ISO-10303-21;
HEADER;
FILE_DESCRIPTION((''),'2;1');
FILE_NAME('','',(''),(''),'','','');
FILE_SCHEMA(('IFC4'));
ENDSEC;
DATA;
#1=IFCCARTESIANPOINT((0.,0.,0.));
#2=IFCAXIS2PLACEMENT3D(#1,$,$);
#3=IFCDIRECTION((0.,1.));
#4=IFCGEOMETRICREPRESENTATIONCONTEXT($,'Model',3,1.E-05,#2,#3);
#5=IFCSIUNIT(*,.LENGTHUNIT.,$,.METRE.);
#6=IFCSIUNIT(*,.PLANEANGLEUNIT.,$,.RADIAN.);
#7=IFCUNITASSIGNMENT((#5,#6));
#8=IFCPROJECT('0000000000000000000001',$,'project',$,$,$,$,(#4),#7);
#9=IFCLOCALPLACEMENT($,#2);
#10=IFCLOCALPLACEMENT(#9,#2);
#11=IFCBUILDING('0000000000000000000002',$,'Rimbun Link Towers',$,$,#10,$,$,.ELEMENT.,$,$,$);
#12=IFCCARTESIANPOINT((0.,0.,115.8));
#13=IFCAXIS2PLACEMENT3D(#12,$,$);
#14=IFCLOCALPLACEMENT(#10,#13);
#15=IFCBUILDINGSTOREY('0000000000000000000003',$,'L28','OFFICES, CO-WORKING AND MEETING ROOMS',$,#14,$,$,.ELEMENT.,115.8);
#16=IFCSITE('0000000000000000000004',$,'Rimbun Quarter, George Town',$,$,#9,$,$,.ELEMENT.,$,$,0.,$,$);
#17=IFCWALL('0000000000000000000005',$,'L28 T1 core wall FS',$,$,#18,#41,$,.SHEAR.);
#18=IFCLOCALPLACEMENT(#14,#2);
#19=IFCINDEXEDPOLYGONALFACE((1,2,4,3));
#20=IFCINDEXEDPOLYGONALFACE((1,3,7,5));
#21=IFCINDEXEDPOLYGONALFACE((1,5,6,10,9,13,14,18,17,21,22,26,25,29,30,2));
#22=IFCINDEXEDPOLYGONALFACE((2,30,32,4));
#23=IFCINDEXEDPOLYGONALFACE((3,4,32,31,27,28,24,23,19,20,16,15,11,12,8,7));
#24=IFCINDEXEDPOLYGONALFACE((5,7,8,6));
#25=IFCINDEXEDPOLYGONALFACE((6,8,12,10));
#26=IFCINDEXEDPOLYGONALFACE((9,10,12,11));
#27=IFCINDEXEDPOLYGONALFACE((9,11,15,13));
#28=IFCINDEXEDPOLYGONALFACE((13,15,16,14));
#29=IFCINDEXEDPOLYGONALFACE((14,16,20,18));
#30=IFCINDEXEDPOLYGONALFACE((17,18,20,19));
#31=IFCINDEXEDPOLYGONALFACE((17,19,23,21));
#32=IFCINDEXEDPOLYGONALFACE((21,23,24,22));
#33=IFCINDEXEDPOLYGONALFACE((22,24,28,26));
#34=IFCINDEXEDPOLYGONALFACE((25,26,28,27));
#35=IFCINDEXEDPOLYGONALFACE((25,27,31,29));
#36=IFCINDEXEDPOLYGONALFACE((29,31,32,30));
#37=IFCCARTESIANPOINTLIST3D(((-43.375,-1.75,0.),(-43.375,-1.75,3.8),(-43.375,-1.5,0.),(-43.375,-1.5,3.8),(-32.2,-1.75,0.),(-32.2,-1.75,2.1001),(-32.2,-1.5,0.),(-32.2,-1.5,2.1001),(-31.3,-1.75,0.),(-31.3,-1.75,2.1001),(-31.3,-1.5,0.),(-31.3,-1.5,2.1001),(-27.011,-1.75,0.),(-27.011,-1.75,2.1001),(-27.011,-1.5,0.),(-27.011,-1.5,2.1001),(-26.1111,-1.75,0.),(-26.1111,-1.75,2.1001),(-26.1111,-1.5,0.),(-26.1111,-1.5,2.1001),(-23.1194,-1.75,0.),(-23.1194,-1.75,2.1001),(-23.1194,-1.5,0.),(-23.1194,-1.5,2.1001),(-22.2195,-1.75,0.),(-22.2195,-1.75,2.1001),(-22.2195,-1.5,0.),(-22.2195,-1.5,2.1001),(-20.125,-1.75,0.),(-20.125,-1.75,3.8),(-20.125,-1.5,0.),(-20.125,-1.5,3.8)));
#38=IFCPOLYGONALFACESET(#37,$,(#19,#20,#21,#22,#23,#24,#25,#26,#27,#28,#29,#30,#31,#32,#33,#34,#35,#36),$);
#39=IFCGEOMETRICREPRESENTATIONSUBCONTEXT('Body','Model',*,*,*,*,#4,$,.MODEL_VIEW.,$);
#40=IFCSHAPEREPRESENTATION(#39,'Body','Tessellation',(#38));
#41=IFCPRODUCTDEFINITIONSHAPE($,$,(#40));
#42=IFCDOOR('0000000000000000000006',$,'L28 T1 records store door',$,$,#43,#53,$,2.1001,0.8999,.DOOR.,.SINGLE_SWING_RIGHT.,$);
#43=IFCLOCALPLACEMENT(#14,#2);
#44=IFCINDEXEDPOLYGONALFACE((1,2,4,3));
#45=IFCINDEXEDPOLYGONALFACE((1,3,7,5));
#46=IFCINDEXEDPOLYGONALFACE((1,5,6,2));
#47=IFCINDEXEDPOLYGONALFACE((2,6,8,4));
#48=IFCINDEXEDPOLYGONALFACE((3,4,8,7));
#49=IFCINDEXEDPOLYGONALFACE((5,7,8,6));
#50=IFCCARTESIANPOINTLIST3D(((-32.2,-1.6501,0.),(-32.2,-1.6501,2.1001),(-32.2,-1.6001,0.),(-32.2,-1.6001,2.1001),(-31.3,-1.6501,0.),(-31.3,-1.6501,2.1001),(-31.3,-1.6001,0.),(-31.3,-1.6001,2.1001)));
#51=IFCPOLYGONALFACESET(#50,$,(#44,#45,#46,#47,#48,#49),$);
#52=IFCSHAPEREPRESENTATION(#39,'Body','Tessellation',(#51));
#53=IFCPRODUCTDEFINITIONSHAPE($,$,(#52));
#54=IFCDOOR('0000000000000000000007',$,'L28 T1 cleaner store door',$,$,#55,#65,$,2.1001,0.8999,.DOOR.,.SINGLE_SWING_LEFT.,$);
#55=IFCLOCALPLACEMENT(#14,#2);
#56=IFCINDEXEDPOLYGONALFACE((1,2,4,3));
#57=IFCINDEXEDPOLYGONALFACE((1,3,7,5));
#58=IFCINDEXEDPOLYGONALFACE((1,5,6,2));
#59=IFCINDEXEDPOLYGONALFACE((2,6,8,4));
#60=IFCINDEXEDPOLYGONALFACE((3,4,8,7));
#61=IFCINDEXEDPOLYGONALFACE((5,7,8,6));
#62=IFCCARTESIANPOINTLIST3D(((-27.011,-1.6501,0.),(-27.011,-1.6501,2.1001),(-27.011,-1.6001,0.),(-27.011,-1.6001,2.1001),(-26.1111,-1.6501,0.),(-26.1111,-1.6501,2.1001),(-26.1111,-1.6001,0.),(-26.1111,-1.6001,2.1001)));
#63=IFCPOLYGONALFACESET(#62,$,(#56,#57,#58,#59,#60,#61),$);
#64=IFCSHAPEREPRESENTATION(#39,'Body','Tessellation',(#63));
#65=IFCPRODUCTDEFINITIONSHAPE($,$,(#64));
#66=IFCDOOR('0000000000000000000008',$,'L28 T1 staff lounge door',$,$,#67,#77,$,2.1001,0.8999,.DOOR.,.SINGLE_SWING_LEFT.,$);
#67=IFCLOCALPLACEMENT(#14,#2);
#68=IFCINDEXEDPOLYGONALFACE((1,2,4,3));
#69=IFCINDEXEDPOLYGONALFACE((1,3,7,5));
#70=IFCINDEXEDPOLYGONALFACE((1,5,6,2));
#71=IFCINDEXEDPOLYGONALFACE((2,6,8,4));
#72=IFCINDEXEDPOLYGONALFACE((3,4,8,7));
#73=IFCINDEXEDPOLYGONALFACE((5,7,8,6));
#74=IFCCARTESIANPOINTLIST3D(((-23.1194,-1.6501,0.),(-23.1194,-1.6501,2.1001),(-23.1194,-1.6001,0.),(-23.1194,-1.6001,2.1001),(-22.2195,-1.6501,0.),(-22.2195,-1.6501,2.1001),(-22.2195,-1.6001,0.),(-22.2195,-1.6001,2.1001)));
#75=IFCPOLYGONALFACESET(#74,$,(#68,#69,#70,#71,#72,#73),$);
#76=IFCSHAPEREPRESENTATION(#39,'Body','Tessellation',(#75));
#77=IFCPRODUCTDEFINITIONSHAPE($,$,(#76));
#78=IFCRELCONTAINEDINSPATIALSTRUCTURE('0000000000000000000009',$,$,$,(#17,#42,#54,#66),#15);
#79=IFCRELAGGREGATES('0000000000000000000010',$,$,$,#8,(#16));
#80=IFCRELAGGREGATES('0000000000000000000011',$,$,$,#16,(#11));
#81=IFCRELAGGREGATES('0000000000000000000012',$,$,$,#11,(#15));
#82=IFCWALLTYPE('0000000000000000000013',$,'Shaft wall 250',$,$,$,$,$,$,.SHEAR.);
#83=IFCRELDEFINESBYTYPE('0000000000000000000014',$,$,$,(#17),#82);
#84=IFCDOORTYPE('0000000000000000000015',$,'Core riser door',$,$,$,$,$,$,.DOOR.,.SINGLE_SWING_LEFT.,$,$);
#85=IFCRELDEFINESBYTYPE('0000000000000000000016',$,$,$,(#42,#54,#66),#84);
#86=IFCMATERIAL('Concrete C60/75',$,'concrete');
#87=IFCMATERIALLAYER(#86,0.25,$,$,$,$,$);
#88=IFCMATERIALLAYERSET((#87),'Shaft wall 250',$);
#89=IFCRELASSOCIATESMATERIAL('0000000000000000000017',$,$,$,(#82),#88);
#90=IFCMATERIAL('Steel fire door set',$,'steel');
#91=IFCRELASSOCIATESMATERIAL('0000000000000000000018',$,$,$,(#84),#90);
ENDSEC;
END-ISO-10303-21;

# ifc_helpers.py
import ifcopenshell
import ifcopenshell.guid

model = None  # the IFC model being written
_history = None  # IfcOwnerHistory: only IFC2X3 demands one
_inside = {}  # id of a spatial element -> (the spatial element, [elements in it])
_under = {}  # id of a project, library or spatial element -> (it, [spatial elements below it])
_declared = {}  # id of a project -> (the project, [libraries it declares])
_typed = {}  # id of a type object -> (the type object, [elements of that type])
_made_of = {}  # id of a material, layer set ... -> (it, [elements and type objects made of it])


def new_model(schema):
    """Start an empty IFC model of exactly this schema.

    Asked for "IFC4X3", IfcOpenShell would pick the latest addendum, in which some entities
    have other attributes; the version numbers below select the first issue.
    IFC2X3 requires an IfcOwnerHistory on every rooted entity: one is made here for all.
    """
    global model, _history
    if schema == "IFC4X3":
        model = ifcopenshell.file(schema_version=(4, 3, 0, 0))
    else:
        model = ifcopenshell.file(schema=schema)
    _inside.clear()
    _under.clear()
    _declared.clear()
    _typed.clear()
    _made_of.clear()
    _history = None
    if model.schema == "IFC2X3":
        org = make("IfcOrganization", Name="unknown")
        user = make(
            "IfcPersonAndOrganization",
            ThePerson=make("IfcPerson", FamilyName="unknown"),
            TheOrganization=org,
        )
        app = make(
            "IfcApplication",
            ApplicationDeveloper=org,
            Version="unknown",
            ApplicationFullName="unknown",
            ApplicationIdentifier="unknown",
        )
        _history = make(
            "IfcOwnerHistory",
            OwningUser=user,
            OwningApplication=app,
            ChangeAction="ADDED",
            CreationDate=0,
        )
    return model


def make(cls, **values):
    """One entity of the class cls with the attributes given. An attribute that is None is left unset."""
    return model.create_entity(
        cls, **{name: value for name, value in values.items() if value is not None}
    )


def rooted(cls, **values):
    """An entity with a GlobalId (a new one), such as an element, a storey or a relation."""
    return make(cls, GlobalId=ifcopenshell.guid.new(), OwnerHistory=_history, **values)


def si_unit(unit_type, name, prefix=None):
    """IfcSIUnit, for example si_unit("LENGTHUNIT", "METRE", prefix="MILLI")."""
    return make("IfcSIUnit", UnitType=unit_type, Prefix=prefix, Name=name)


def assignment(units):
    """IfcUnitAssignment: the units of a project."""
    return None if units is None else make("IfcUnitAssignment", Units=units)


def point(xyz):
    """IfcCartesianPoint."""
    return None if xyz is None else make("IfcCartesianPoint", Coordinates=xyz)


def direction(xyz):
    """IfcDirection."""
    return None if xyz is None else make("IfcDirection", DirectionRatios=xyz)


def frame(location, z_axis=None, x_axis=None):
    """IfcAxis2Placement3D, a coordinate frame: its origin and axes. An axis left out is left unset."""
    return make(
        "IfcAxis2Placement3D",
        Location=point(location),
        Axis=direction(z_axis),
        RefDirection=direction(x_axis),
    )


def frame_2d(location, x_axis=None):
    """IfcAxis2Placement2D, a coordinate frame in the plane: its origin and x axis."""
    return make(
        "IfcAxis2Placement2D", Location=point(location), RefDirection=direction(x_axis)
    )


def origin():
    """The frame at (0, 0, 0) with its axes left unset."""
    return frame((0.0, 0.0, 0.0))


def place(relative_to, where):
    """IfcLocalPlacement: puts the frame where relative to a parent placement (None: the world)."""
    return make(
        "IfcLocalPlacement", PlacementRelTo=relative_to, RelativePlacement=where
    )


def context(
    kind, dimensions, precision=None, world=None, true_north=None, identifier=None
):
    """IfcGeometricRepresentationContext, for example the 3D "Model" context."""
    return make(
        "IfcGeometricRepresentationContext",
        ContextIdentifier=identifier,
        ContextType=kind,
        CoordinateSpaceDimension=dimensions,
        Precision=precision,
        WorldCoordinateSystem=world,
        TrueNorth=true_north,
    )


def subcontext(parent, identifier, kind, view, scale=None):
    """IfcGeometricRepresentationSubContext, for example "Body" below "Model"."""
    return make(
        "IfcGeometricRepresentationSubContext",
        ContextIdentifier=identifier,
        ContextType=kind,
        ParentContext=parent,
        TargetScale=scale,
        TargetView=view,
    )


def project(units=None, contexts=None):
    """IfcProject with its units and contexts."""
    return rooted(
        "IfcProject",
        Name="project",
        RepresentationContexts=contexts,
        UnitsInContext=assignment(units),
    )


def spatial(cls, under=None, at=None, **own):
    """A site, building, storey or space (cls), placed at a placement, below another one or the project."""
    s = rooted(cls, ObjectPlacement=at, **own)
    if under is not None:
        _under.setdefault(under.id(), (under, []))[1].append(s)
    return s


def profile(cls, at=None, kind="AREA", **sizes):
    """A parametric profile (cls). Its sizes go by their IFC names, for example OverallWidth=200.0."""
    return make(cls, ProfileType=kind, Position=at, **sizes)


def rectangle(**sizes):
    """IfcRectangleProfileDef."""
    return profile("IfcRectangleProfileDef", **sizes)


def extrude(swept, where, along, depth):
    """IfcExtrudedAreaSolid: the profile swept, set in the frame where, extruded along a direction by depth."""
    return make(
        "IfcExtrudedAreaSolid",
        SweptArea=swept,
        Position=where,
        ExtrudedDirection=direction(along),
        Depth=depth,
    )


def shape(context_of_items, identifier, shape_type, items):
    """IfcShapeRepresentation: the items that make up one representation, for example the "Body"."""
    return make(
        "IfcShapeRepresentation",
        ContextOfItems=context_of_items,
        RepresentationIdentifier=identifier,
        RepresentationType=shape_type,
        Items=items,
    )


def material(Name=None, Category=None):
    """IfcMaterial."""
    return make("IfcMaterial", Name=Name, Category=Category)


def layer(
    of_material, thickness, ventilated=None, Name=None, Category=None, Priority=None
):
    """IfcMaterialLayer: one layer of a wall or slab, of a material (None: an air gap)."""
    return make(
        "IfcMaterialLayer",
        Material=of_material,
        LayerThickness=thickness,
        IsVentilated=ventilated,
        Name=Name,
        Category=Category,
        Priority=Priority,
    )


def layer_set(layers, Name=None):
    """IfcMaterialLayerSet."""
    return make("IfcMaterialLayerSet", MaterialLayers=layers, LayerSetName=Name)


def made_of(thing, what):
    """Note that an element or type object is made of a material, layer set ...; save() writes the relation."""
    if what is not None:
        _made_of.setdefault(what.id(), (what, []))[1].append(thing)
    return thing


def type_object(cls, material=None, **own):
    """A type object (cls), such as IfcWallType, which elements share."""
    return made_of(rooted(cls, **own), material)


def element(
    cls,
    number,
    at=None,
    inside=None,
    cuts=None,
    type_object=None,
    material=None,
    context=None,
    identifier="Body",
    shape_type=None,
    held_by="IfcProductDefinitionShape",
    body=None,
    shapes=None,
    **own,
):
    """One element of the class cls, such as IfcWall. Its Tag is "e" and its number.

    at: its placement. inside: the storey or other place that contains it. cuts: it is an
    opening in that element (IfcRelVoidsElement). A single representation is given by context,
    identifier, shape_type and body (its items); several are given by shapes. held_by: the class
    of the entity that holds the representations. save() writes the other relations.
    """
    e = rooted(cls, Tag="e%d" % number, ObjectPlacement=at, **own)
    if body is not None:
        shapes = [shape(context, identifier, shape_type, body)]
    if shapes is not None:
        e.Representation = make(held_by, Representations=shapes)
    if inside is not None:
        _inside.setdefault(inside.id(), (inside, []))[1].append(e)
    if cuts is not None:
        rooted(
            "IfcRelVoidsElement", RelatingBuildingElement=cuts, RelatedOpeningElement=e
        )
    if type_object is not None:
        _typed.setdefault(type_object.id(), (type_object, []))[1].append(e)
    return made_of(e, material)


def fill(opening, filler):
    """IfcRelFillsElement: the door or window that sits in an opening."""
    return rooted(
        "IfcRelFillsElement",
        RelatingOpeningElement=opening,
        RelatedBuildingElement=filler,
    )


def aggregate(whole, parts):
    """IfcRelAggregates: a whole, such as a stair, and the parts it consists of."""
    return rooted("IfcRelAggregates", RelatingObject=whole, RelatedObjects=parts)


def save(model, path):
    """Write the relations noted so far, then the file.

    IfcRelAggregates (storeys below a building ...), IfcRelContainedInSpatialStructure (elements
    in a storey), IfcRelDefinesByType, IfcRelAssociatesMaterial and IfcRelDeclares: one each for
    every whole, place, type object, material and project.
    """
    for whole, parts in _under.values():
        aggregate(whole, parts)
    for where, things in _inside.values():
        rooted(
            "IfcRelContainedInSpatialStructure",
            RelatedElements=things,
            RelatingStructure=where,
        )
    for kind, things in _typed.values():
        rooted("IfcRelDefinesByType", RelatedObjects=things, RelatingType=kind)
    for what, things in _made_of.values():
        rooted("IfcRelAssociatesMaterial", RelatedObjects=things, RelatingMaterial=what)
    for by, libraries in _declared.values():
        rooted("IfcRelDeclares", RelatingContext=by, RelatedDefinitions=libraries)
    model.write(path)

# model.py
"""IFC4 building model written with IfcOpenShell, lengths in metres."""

from ifc_helpers import new_model, si_unit, direction, frame, frame_2d, origin, place, context, subcontext, project, spatial, rectangle, extrude, material, layer, layer_set, type_object, element, fill, save


model = new_model("IFC4")

# Units and contexts
model_context = context("Model", 3, precision=1e-05, world=origin(), true_north=direction((0.0, 1.0)))
body_context = subcontext(model_context, "Body", "Model", "MODEL_VIEW")
ifc_project = project(units=[si_unit("LENGTHUNIT", "METRE"), si_unit("PLANEANGLEUNIT", "RADIAN")], contexts=[model_context])

# Site, building, storey
site_placement = place(None, origin())
site = spatial("IfcSite", under=ifc_project, at=site_placement, Name="Rimbun Quarter, George Town", CompositionType="ELEMENT", RefElevation=0.0)
building_placement = place(site_placement, origin())
building = spatial("IfcBuilding", under=site, at=building_placement, Name="Rimbun Link Towers", CompositionType="ELEMENT")
storey_placement = place(building_placement, frame((0.0, 0.0, 115.8)))
storey = spatial("IfcBuildingStorey", under=building, at=storey_placement, Name="L28", Description="OFFICES, CO-WORKING AND MEETING ROOMS", CompositionType="ELEMENT", Elevation=115.8)

# Shared definitions
ifc_material_1 = material(Name="Concrete C60/75", Category="concrete")
ifc_layer_1 = layer(ifc_material_1, 0.25)
ifc_layer_set_1 = layer_set([ifc_layer_1], Name="Shaft wall 250")
wall_type_1 = type_object("IfcWallType", Name="Shaft wall 250", PredefinedType="SHEAR", material=ifc_layer_set_1)

# Wall, openings, doors
wall_1_placement = place(storey_placement, frame((-43.375, -1.625, 0.0), z_axis=(0.0, 0.0, 1.0), x_axis=(1.0, 0.0, 0.0)))
wall_1 = element("IfcWall", 1, at=wall_1_placement, inside=storey, type_object=wall_type_1, Name="L28 T1 core wall FS", PredefinedType="SHEAR", context=body_context, shape_type="SweptSolid", body=[
    extrude(rectangle(XDim=23.25, YDim=0.25, at=frame_2d((11.625, 0.0))), origin(), (0.0, 0.0, 1.0), 3.8),
])
opening_1_placement = place(wall_1_placement, frame((11.175, 0.0, 0.0)))
opening_1 = element("IfcOpeningElement", 2, at=opening_1_placement, cuts=wall_1, PredefinedType="OPENING", context=body_context, shape_type="SweptSolid", body=[
    extrude(rectangle(XDim=0.8999, YDim=2.1001, at=frame_2d((0.45, 1.05))), frame((0.0, 0.135, 0.0), z_axis=(0.0, -1.0, 0.0), x_axis=(1.0, 0.0, 0.0)), (0.0, 0.0, 1.0), 0.27),
])
opening_2_placement = place(wall_1_placement, frame((16.364, 0.0, 0.0)))
opening_2 = element("IfcOpeningElement", 3, at=opening_2_placement, cuts=wall_1, PredefinedType="OPENING", context=body_context, shape_type="SweptSolid", body=[
    extrude(rectangle(XDim=0.8999, YDim=2.1001, at=frame_2d((0.45, 1.05))), frame((0.0, 0.135, 0.0), z_axis=(0.0, -1.0, 0.0), x_axis=(1.0, 0.0, 0.0)), (0.0, 0.0, 1.0), 0.27),
])
opening_3_placement = place(wall_1_placement, frame((20.2556, 0.0, 0.0)))
opening_3 = element("IfcOpeningElement", 4, at=opening_3_placement, cuts=wall_1, PredefinedType="OPENING", context=body_context, shape_type="SweptSolid", body=[
    extrude(rectangle(XDim=0.8999, YDim=2.1001, at=frame_2d((0.45, 1.05))), frame((0.0, 0.135, 0.0), z_axis=(0.0, -1.0, 0.0), x_axis=(1.0, 0.0, 0.0)), (0.0, 0.0, 1.0), 0.27),
])
ifc_material_2 = material(Name="Steel fire door set", Category="steel")
door_type_1 = type_object("IfcDoorType", Name="Core riser door", OperationType="SINGLE_SWING_LEFT", PredefinedType="DOOR", material=ifc_material_2)
door_1_placement = place(opening_1_placement, origin())
door_1 = element("IfcDoor", 5, at=door_1_placement, inside=storey, type_object=door_type_1, Name="L28 T1 records store door", OperationType="SINGLE_SWING_RIGHT", OverallHeight=2.1001, OverallWidth=0.8999, PredefinedType="DOOR", context=body_context, shape_type="SweptSolid", body=[
    extrude(rectangle(XDim=0.8999, YDim=2.1001, at=frame_2d((0.45, 1.05))), frame((0.0, 0.0249, 0.0), z_axis=(0.0, -1.0, 0.0), x_axis=(1.0, 0.0, 0.0)), (0.0, 0.0, 1.0), 0.05),
])
fill(opening_1, door_1)
door_2_placement = place(opening_2_placement, origin())
door_2 = element("IfcDoor", 6, at=door_2_placement, inside=storey, type_object=door_type_1, Name="L28 T1 cleaner store door", OperationType="SINGLE_SWING_LEFT", OverallHeight=2.1001, OverallWidth=0.8999, PredefinedType="DOOR", context=body_context, shape_type="SweptSolid", body=[
    extrude(rectangle(XDim=0.8999, YDim=2.1001, at=frame_2d((0.45, 1.05))), frame((0.0, 0.0249, 0.0), z_axis=(0.0, -1.0, 0.0), x_axis=(1.0, 0.0, 0.0)), (0.0, 0.0, 1.0), 0.05),
])
fill(opening_2, door_2)
door_3_placement = place(opening_3_placement, origin())
door_3 = element("IfcDoor", 7, at=door_3_placement, inside=storey, type_object=door_type_1, Name="L28 T1 staff lounge door", OperationType="SINGLE_SWING_LEFT", OverallHeight=2.1001, OverallWidth=0.8999, PredefinedType="DOOR", context=body_context, shape_type="SweptSolid", body=[
    extrude(rectangle(XDim=0.8999, YDim=2.1001, at=frame_2d((0.45, 1.05))), frame((0.0, 0.0249, 0.0), z_axis=(0.0, -1.0, 0.0), x_axis=(1.0, 0.0, 0.0)), (0.0, 0.0, 1.0), 0.05),
])
fill(opening_3, door_3)

save(model, "model.ifc")
